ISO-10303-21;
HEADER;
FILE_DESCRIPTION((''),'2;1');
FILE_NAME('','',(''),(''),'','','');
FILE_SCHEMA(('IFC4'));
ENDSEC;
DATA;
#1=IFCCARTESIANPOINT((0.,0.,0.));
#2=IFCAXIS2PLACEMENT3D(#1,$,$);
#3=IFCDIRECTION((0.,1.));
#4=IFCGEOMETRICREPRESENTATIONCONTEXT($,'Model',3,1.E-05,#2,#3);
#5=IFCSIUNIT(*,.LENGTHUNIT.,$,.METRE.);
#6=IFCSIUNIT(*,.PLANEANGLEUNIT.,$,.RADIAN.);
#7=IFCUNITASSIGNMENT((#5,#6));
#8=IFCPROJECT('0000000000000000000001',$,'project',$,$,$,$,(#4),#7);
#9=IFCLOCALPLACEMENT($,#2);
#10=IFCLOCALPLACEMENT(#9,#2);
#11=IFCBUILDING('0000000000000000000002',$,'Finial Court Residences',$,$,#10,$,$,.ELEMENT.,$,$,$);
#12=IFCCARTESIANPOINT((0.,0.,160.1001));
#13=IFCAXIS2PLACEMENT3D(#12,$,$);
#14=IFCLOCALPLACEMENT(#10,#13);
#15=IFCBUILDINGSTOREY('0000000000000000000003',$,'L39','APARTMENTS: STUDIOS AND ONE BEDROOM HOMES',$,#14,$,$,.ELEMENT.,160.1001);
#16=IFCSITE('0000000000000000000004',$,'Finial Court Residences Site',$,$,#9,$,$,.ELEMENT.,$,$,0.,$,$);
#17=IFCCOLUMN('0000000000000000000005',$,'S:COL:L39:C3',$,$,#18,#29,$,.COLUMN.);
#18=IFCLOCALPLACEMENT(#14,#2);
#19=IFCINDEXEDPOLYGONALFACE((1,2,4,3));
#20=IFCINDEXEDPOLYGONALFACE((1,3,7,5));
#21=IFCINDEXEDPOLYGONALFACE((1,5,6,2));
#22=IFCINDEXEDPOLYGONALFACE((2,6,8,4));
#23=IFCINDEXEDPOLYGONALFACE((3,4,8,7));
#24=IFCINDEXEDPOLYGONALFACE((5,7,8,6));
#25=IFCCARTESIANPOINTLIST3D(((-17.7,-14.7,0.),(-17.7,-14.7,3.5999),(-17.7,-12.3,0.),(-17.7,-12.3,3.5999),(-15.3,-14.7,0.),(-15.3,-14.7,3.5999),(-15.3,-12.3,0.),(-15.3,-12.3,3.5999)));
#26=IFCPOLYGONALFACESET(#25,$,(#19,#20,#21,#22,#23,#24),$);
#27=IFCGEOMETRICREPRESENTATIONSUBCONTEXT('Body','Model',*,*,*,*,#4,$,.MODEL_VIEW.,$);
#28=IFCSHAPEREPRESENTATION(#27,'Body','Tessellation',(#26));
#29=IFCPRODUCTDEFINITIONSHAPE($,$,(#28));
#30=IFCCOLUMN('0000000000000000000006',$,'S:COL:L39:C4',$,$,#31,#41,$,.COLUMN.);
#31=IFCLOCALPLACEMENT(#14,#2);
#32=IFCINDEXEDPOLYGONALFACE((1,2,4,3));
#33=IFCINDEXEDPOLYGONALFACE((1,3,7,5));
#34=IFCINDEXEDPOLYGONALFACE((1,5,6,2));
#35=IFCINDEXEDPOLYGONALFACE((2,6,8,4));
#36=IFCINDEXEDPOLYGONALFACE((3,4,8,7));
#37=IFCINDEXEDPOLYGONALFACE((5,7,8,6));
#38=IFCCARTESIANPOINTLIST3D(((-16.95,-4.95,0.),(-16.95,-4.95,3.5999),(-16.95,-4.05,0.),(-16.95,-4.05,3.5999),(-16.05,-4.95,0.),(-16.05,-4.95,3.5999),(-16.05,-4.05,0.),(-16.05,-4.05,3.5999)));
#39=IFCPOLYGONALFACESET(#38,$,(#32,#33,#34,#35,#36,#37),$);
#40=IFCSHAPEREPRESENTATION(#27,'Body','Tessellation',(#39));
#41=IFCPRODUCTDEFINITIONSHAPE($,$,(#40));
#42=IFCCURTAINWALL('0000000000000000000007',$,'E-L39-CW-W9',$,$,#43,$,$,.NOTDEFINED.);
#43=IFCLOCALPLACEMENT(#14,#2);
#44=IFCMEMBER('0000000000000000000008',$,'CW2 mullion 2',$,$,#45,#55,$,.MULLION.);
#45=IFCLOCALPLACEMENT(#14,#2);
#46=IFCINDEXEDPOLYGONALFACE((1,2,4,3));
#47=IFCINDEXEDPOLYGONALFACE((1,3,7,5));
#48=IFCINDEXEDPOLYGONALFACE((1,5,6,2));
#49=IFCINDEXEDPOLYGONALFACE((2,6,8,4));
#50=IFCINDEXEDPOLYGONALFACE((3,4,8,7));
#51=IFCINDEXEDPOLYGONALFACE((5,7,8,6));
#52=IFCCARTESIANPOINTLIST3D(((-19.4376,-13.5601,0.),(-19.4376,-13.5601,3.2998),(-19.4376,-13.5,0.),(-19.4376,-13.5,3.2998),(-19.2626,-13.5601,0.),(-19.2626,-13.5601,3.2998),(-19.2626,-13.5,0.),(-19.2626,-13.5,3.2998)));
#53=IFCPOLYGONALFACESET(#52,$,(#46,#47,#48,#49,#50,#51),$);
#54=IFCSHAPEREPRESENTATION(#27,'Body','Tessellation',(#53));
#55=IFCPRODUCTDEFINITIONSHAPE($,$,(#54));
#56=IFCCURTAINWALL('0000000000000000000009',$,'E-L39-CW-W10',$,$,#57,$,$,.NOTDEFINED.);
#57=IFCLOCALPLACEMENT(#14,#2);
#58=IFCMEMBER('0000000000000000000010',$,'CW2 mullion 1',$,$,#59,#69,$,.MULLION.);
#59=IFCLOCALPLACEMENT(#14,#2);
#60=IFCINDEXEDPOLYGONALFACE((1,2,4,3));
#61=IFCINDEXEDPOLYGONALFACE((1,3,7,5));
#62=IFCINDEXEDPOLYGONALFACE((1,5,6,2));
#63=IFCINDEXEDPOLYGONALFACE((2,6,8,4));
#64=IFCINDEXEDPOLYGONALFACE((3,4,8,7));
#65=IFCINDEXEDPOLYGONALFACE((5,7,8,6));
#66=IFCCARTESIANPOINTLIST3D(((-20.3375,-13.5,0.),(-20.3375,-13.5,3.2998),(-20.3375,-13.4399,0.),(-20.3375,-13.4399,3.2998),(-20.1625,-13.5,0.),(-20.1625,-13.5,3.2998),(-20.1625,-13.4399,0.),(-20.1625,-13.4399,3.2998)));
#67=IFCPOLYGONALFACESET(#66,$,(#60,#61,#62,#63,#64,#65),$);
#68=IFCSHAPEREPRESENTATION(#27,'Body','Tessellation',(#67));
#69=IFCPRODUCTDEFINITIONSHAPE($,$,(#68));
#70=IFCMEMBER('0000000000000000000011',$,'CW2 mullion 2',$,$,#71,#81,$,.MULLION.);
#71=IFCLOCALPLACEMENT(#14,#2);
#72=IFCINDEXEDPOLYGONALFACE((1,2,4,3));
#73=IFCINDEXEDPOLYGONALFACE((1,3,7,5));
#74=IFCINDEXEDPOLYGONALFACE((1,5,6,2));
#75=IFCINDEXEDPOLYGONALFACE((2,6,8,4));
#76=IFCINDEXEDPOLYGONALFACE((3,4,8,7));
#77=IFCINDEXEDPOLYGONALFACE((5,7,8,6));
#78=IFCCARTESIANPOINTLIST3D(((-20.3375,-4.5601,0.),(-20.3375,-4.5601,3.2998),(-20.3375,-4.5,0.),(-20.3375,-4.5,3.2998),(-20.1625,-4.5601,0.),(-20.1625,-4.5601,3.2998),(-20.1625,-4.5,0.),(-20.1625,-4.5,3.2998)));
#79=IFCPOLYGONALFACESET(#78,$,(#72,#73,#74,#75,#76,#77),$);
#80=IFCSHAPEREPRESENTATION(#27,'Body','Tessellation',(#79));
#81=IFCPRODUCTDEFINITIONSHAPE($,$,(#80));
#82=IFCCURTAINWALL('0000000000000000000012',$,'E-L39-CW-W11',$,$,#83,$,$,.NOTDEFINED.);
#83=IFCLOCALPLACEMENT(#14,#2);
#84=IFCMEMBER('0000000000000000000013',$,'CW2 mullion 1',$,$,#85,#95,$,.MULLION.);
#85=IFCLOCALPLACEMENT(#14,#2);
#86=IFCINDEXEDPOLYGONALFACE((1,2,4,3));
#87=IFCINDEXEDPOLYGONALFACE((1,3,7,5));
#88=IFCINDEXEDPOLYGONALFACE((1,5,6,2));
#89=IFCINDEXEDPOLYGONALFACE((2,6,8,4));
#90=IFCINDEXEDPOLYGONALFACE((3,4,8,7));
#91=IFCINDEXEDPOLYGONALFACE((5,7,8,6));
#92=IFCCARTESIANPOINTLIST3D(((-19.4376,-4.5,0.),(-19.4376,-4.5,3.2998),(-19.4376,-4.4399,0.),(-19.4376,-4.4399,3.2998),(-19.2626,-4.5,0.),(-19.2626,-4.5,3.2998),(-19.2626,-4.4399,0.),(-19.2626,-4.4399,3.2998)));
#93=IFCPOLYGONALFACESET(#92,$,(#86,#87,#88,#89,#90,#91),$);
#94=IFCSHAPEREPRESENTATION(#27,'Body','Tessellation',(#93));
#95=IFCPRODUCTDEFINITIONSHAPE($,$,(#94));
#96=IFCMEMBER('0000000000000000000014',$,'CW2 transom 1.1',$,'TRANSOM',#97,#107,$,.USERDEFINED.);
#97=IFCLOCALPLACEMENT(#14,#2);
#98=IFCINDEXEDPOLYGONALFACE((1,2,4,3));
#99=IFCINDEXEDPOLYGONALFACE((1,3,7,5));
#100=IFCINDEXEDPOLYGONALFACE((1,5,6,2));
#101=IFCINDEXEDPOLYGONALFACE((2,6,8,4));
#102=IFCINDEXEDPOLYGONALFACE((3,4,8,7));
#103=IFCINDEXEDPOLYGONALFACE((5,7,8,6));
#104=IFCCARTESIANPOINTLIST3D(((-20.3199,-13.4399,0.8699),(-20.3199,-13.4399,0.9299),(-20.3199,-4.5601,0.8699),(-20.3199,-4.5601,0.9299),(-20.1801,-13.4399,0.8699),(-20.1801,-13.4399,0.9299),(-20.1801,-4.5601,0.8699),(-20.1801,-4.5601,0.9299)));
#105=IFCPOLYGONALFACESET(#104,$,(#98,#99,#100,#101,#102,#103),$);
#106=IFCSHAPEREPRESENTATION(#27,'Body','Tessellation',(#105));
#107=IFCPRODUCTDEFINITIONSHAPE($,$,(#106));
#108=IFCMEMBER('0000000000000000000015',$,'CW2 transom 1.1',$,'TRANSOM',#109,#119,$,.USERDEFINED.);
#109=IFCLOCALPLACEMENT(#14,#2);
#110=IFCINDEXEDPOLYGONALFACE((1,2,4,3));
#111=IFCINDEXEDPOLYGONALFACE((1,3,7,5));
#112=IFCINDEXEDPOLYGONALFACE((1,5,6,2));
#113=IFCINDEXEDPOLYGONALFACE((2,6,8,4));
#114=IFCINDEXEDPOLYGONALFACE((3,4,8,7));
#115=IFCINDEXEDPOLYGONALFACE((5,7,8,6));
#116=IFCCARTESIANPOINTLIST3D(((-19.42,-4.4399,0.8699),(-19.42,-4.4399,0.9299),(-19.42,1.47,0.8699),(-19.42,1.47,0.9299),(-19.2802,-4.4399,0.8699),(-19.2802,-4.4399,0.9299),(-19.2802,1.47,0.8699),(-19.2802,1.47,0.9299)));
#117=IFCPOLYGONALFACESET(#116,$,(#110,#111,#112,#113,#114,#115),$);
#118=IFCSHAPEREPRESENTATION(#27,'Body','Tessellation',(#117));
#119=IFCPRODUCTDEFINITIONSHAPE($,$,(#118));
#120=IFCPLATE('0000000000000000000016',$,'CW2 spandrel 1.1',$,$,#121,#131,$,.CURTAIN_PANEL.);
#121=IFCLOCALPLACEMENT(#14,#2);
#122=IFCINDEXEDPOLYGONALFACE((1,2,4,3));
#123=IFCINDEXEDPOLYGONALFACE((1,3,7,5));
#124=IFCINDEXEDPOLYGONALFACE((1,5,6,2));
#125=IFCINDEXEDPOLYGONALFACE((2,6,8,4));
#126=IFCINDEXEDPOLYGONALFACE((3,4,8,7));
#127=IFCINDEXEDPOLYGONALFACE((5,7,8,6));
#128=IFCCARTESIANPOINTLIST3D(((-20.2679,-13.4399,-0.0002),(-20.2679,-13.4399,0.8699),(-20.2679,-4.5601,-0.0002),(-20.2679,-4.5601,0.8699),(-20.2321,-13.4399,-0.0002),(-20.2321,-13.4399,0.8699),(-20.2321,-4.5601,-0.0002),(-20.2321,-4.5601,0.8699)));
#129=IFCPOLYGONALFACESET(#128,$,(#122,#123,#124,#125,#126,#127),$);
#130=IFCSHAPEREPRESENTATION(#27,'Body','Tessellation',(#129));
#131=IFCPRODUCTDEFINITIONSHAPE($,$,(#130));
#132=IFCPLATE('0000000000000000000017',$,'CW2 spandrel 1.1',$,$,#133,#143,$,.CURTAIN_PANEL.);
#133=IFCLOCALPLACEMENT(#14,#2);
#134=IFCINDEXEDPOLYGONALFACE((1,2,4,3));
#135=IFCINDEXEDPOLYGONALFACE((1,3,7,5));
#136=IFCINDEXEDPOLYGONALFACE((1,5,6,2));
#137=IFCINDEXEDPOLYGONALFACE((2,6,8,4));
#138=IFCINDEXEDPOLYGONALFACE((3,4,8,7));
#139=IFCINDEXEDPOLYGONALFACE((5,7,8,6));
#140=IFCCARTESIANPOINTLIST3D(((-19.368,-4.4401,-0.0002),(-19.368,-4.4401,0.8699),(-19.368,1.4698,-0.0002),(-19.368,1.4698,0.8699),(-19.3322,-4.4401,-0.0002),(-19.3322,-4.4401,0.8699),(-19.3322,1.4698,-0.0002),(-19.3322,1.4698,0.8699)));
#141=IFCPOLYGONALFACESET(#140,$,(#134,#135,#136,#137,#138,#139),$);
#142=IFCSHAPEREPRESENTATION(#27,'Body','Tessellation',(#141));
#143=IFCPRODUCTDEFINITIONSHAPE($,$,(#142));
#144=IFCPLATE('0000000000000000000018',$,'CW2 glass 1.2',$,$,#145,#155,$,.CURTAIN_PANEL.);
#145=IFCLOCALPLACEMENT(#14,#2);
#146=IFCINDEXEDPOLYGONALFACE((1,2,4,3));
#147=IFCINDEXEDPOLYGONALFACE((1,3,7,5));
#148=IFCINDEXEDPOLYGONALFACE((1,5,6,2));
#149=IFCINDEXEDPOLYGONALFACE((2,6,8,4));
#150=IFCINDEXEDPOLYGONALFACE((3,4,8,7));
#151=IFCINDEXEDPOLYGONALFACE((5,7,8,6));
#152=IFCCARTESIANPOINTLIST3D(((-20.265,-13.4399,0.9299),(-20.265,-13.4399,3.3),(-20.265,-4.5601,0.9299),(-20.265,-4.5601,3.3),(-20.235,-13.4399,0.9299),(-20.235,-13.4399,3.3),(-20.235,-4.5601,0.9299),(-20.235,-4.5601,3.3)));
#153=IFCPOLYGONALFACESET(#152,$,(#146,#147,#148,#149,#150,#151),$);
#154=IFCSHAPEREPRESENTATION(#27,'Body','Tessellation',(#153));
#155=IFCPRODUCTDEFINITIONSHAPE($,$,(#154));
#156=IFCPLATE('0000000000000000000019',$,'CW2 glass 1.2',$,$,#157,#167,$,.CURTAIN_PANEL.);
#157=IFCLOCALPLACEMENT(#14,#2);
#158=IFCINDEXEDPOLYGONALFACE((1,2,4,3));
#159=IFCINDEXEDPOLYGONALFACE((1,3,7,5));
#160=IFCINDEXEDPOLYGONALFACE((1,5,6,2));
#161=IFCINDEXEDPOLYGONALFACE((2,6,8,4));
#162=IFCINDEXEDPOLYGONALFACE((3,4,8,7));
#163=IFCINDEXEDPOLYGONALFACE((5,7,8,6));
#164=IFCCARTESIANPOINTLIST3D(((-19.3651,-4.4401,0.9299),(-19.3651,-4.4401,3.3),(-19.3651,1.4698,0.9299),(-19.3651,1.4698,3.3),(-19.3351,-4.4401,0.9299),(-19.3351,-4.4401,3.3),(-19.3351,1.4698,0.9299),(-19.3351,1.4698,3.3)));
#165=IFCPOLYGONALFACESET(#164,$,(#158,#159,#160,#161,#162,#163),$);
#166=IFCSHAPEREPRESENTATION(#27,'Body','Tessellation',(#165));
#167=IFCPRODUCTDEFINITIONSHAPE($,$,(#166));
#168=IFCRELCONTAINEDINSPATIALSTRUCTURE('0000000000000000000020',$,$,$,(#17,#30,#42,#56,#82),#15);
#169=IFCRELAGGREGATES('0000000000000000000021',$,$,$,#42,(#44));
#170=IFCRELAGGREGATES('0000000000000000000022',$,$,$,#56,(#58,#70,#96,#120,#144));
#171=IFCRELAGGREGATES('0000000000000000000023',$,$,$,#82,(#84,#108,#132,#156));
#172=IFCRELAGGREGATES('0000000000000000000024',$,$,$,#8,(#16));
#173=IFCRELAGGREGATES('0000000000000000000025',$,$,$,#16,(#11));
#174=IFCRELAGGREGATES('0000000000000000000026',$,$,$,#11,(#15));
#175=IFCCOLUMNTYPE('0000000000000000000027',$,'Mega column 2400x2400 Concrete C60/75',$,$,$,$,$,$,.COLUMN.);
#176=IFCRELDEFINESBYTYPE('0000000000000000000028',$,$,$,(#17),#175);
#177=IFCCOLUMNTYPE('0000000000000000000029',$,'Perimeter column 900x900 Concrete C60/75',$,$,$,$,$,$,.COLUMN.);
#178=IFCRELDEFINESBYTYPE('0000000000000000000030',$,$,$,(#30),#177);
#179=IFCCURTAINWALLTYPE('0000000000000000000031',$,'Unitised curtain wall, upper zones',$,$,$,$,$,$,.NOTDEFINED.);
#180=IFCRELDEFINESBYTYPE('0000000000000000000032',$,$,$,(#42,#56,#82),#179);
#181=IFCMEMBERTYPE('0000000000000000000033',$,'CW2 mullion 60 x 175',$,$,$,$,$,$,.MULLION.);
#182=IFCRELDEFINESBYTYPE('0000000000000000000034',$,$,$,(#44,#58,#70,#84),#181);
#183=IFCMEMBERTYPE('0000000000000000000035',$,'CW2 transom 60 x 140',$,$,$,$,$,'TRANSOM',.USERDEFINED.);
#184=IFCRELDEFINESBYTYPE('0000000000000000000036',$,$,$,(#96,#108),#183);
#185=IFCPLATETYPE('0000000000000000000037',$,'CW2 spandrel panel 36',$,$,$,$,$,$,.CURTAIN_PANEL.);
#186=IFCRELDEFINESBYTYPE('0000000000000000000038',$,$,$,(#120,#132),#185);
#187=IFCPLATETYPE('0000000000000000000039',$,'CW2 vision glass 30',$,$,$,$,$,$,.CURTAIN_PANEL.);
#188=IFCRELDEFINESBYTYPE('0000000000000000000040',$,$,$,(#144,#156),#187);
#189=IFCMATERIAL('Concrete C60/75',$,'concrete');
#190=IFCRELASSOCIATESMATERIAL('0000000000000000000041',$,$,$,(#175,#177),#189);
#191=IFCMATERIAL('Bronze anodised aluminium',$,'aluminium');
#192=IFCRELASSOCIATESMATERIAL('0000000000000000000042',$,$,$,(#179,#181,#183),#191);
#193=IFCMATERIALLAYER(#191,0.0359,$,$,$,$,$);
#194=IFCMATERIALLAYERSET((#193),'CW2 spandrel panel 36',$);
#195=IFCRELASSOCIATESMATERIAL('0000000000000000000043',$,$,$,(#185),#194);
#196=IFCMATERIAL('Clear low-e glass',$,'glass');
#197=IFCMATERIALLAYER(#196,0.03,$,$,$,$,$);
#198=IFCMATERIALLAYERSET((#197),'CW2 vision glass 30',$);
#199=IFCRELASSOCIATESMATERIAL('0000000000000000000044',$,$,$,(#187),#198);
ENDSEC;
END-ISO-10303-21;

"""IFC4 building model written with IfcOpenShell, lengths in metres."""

from ifc_helpers import new_model, si_unit, direction, frame, origin, origin_2d, place, context, subcontext, project, spatial, rectangle, extrude, material, layer, layer_set, material_profile, profile_set, type_object, element, aggregate, save


model = new_model("IFC4")

# Units and contexts
model_context = context("Model", 3, precision=1e-05, world=origin(), true_north=direction((0.0, 1.0)))
body_context = subcontext(model_context, "Body", "Model", "MODEL_VIEW")
ifc_project = project(units=[si_unit("LENGTHUNIT", "METRE"), si_unit("PLANEANGLEUNIT", "RADIAN")], contexts=[model_context])

# Site, building, storey
site_placement = place(None, origin())
site = spatial("IfcSite", under=ifc_project, at=site_placement, Name="Finial Court Residences Site", CompositionType="ELEMENT", RefElevation=0.0)
building_placement = place(site_placement, origin())
building = spatial("IfcBuilding", under=site, at=building_placement, Name="Finial Court Residences", CompositionType="ELEMENT")
storey_placement = place(building_placement, frame((0.0, 0.0, 160.1001)))
storey = spatial("IfcBuildingStorey", under=building, at=storey_placement, Name="L39", Description="APARTMENTS: STUDIOS AND ONE BEDROOM HOMES", CompositionType="ELEMENT", Elevation=160.1001)

# Columns
ifc_material_1 = material(Name="Concrete C60/75", Category="concrete")
ifc_material_profile_1 = material_profile(ifc_material_1, rectangle(XDim=2.3999, YDim=2.3999, at=origin_2d()), Name="2400x2400")
ifc_profile_set_1 = profile_set([ifc_material_profile_1], Name="Concrete C60/75")
column_type_1 = type_object("IfcColumnType", Name="Mega column 2400x2400 Concrete C60/75", PredefinedType="COLUMN", material=ifc_profile_set_1)
column_1_placement = place(storey_placement, frame((-16.5, -13.5, 0.0), z_axis=(0.0, 0.0, 1.0), x_axis=(1.0, 0.0, 0.0)))
element("IfcColumn", 1, at=column_1_placement, inside=storey, type_object=column_type_1, Name="S:COL:L39:C3", PredefinedType="COLUMN", context=body_context, shape_type="SweptSolid", body=[
    extrude(rectangle(XDim=2.3999, YDim=2.3999, at=origin_2d()), origin(), (0.0, 0.0, 1.0), 3.5999),
])
ifc_material_profile_2 = material_profile(ifc_material_1, rectangle(XDim=0.8999, YDim=0.8999, at=origin_2d()), Name="900x900")
ifc_profile_set_2 = profile_set([ifc_material_profile_2], Name="Concrete C60/75")
column_type_2 = type_object("IfcColumnType", Name="Perimeter column 900x900 Concrete C60/75", PredefinedType="COLUMN", material=ifc_profile_set_2)
column_2_placement = place(storey_placement, frame((-16.5, -4.5, 0.0), z_axis=(0.0, 0.0, 1.0), x_axis=(1.0, 0.0, 0.0)))
element("IfcColumn", 2, at=column_2_placement, inside=storey, type_object=column_type_2, Name="S:COL:L39:C4", PredefinedType="COLUMN", context=body_context, shape_type="SweptSolid", body=[
    extrude(rectangle(XDim=0.8999, YDim=0.8999, at=origin_2d()), origin(), (0.0, 0.0, 1.0), 3.5999),
])

# Curtain wall, member
ifc_material_2 = material(Name="Bronze anodised aluminium", Category="aluminium")
curtain_wall_type = type_object("IfcCurtainWallType", Name="Unitised curtain wall, upper zones", PredefinedType="NOTDEFINED", material=ifc_material_2)
curtain_wall_1_placement = place(storey_placement, origin())
curtain_wall_1 = element("IfcCurtainWall", 3, at=curtain_wall_1_placement, inside=storey, type_object=curtain_wall_type, Name="E-L39-CW-W9", PredefinedType="NOTDEFINED")
ifc_material_profile_3 = material_profile(ifc_material_2, rectangle(XDim=0.175, YDim=0.0601, at=origin_2d()), Name="CW2 mullion 60 x 175")
ifc_profile_set_3 = profile_set([ifc_material_profile_3], Name="Bronze anodised aluminium")
member_type_1 = type_object("IfcMemberType", Name="CW2 mullion 60 x 175", PredefinedType="MULLION", material=ifc_profile_set_3)
member_1_placement = place(storey_placement, frame((-19.3501, -13.53, 0.0), z_axis=(0.0, 0.0, 1.0), x_axis=(-1.0, 0.0, 0.0)))
member_1 = element("IfcMember", 4, at=member_1_placement, type_object=member_type_1, Name="CW2 mullion 2", PredefinedType="MULLION", context=body_context, shape_type="SweptSolid", body=[
    extrude(rectangle(XDim=0.175, YDim=0.0601, at=origin_2d()), origin(), (0.0, 0.0, 1.0), 3.2998),
])
aggregate(curtain_wall_1, [member_1])

# Curtain wall, members
curtain_wall_2_placement = place(storey_placement, origin())
curtain_wall_2 = element("IfcCurtainWall", 5, at=curtain_wall_2_placement, inside=storey, type_object=curtain_wall_type, Name="E-L39-CW-W10", PredefinedType="NOTDEFINED")
member_2_placement = place(storey_placement, frame((-20.25, -13.47, 0.0), z_axis=(0.0, 0.0, 1.0), x_axis=(-1.0, 0.0, 0.0)))
member_2 = element("IfcMember", 6, at=member_2_placement, type_object=member_type_1, Name="CW2 mullion 1", PredefinedType="MULLION", context=body_context, shape_type="SweptSolid", body=[
    extrude(rectangle(XDim=0.175, YDim=0.0601, at=origin_2d()), origin(), (0.0, 0.0, 1.0), 3.2998),
])
member_3_placement = place(storey_placement, frame((-20.25, -4.53, 0.0), z_axis=(0.0, 0.0, 1.0), x_axis=(-1.0, 0.0, 0.0)))
member_3 = element("IfcMember", 7, at=member_3_placement, type_object=member_type_1, Name="CW2 mullion 2", PredefinedType="MULLION", context=body_context, shape_type="SweptSolid", body=[
    extrude(rectangle(XDim=0.175, YDim=0.0601, at=origin_2d()), origin(), (0.0, 0.0, 1.0), 3.2998),
])

# Curtain wall, member
curtain_wall_3_placement = place(storey_placement, origin())
curtain_wall_3 = element("IfcCurtainWall", 8, at=curtain_wall_3_placement, inside=storey, type_object=curtain_wall_type, Name="E-L39-CW-W11", PredefinedType="NOTDEFINED")
member_4_placement = place(storey_placement, frame((-19.3501, -4.47, 0.0), z_axis=(0.0, 0.0, 1.0), x_axis=(-1.0, 0.0, 0.0)))
member_4 = element("IfcMember", 9, at=member_4_placement, type_object=member_type_1, Name="CW2 mullion 1", PredefinedType="MULLION", context=body_context, shape_type="SweptSolid", body=[
    extrude(rectangle(XDim=0.175, YDim=0.0601, at=origin_2d()), origin(), (0.0, 0.0, 1.0), 3.2998),
])

# Members
ifc_material_profile_4 = material_profile(ifc_material_2, rectangle(XDim=0.1399, YDim=0.0601, at=origin_2d()), Name="CW2 transom 60 x 140")
ifc_profile_set_4 = profile_set([ifc_material_profile_4], Name="Bronze anodised aluminium")
member_type_2 = type_object("IfcMemberType", Name="CW2 transom 60 x 140", ElementType="TRANSOM", PredefinedType="USERDEFINED", material=ifc_profile_set_4)
member_5_placement = place(storey_placement, frame((-20.25, -13.4399, 0.8999), z_axis=(0.0, 1.0, 0.0), x_axis=(-1.0, 0.0, 0.0)))
member_5 = element("IfcMember", 10, at=member_5_placement, type_object=member_type_2, Name="CW2 transom 1.1", ObjectType="TRANSOM", PredefinedType="USERDEFINED", context=body_context, shape_type="SweptSolid", body=[
    extrude(rectangle(XDim=0.1399, YDim=0.0601, at=origin_2d()), origin(), (0.0, 0.0, 1.0), 8.8799),
])
member_6_placement = place(storey_placement, frame((-19.3501, -4.4399, 0.8999), z_axis=(0.0, 1.0, 0.0), x_axis=(-1.0, 0.0, 0.0)))
member_6 = element("IfcMember", 11, at=member_6_placement, type_object=member_type_2, Name="CW2 transom 1.1", ObjectType="TRANSOM", PredefinedType="USERDEFINED", context=body_context, shape_type="SweptSolid", body=[
    extrude(rectangle(XDim=0.1399, YDim=0.0601, at=origin_2d()), origin(), (0.0, 0.0, 1.0), 5.9099),
])

# Plates
ifc_layer_1 = layer(ifc_material_2, 0.0359)
ifc_layer_set_1 = layer_set([ifc_layer_1], Name="CW2 spandrel panel 36")
plate_type_1 = type_object("IfcPlateType", Name="CW2 spandrel panel 36", PredefinedType="CURTAIN_PANEL", material=ifc_layer_set_1)
plate_1_placement = place(storey_placement, frame((-20.25, -9.0, -0.0002), z_axis=(0.0, 0.0, 1.0), x_axis=(0.0, 1.0, 0.0)))
plate_1 = element("IfcPlate", 12, at=plate_1_placement, type_object=plate_type_1, Name="CW2 spandrel 1.1", PredefinedType="CURTAIN_PANEL", context=body_context, shape_type="SweptSolid", body=[
    extrude(rectangle(XDim=8.8799, YDim=0.0359, at=origin_2d()), origin(), (0.0, 0.0, 1.0), 0.8701),
])
plate_2_placement = place(storey_placement, frame((-19.3501, -1.4851, -0.0002), z_axis=(0.0, 0.0, 1.0), x_axis=(0.0, 1.0, 0.0)))
plate_2 = element("IfcPlate", 13, at=plate_2_placement, type_object=plate_type_1, Name="CW2 spandrel 1.1", PredefinedType="CURTAIN_PANEL", context=body_context, shape_type="SweptSolid", body=[
    extrude(rectangle(XDim=5.9099, YDim=0.0359, at=origin_2d()), origin(), (0.0, 0.0, 1.0), 0.8701),
])
ifc_material_3 = material(Name="Clear low-e glass", Category="glass")
ifc_layer_2 = layer(ifc_material_3, 0.03)
ifc_layer_set_2 = layer_set([ifc_layer_2], Name="CW2 vision glass 30")
plate_type_2 = type_object("IfcPlateType", Name="CW2 vision glass 30", PredefinedType="CURTAIN_PANEL", material=ifc_layer_set_2)
plate_3_placement = place(storey_placement, frame((-20.25, -9.0, 0.9299), z_axis=(0.0, 0.0, 1.0), x_axis=(0.0, 1.0, 0.0)))
plate_3 = element("IfcPlate", 14, at=plate_3_placement, type_object=plate_type_2, Name="CW2 glass 1.2", PredefinedType="CURTAIN_PANEL", context=body_context, shape_type="SweptSolid", body=[
    extrude(rectangle(XDim=8.8799, YDim=0.03, at=origin_2d()), origin(), (0.0, 0.0, 1.0), 2.3701),
])
aggregate(curtain_wall_2, [member_2, member_3, member_5, plate_1, plate_3])
plate_4_placement = place(storey_placement, frame((-19.3501, -1.4851, 0.9299), z_axis=(0.0, 0.0, 1.0), x_axis=(0.0, 1.0, 0.0)))
plate_4 = element("IfcPlate", 15, at=plate_4_placement, type_object=plate_type_2, Name="CW2 glass 1.2", PredefinedType="CURTAIN_PANEL", context=body_context, shape_type="SweptSolid", body=[
    extrude(rectangle(XDim=5.9099, YDim=0.03, at=origin_2d()), origin(), (0.0, 0.0, 1.0), 2.3701),
])
aggregate(curtain_wall_3, [member_4, member_6, plate_2, plate_4])

save(model, "model.ifc")
